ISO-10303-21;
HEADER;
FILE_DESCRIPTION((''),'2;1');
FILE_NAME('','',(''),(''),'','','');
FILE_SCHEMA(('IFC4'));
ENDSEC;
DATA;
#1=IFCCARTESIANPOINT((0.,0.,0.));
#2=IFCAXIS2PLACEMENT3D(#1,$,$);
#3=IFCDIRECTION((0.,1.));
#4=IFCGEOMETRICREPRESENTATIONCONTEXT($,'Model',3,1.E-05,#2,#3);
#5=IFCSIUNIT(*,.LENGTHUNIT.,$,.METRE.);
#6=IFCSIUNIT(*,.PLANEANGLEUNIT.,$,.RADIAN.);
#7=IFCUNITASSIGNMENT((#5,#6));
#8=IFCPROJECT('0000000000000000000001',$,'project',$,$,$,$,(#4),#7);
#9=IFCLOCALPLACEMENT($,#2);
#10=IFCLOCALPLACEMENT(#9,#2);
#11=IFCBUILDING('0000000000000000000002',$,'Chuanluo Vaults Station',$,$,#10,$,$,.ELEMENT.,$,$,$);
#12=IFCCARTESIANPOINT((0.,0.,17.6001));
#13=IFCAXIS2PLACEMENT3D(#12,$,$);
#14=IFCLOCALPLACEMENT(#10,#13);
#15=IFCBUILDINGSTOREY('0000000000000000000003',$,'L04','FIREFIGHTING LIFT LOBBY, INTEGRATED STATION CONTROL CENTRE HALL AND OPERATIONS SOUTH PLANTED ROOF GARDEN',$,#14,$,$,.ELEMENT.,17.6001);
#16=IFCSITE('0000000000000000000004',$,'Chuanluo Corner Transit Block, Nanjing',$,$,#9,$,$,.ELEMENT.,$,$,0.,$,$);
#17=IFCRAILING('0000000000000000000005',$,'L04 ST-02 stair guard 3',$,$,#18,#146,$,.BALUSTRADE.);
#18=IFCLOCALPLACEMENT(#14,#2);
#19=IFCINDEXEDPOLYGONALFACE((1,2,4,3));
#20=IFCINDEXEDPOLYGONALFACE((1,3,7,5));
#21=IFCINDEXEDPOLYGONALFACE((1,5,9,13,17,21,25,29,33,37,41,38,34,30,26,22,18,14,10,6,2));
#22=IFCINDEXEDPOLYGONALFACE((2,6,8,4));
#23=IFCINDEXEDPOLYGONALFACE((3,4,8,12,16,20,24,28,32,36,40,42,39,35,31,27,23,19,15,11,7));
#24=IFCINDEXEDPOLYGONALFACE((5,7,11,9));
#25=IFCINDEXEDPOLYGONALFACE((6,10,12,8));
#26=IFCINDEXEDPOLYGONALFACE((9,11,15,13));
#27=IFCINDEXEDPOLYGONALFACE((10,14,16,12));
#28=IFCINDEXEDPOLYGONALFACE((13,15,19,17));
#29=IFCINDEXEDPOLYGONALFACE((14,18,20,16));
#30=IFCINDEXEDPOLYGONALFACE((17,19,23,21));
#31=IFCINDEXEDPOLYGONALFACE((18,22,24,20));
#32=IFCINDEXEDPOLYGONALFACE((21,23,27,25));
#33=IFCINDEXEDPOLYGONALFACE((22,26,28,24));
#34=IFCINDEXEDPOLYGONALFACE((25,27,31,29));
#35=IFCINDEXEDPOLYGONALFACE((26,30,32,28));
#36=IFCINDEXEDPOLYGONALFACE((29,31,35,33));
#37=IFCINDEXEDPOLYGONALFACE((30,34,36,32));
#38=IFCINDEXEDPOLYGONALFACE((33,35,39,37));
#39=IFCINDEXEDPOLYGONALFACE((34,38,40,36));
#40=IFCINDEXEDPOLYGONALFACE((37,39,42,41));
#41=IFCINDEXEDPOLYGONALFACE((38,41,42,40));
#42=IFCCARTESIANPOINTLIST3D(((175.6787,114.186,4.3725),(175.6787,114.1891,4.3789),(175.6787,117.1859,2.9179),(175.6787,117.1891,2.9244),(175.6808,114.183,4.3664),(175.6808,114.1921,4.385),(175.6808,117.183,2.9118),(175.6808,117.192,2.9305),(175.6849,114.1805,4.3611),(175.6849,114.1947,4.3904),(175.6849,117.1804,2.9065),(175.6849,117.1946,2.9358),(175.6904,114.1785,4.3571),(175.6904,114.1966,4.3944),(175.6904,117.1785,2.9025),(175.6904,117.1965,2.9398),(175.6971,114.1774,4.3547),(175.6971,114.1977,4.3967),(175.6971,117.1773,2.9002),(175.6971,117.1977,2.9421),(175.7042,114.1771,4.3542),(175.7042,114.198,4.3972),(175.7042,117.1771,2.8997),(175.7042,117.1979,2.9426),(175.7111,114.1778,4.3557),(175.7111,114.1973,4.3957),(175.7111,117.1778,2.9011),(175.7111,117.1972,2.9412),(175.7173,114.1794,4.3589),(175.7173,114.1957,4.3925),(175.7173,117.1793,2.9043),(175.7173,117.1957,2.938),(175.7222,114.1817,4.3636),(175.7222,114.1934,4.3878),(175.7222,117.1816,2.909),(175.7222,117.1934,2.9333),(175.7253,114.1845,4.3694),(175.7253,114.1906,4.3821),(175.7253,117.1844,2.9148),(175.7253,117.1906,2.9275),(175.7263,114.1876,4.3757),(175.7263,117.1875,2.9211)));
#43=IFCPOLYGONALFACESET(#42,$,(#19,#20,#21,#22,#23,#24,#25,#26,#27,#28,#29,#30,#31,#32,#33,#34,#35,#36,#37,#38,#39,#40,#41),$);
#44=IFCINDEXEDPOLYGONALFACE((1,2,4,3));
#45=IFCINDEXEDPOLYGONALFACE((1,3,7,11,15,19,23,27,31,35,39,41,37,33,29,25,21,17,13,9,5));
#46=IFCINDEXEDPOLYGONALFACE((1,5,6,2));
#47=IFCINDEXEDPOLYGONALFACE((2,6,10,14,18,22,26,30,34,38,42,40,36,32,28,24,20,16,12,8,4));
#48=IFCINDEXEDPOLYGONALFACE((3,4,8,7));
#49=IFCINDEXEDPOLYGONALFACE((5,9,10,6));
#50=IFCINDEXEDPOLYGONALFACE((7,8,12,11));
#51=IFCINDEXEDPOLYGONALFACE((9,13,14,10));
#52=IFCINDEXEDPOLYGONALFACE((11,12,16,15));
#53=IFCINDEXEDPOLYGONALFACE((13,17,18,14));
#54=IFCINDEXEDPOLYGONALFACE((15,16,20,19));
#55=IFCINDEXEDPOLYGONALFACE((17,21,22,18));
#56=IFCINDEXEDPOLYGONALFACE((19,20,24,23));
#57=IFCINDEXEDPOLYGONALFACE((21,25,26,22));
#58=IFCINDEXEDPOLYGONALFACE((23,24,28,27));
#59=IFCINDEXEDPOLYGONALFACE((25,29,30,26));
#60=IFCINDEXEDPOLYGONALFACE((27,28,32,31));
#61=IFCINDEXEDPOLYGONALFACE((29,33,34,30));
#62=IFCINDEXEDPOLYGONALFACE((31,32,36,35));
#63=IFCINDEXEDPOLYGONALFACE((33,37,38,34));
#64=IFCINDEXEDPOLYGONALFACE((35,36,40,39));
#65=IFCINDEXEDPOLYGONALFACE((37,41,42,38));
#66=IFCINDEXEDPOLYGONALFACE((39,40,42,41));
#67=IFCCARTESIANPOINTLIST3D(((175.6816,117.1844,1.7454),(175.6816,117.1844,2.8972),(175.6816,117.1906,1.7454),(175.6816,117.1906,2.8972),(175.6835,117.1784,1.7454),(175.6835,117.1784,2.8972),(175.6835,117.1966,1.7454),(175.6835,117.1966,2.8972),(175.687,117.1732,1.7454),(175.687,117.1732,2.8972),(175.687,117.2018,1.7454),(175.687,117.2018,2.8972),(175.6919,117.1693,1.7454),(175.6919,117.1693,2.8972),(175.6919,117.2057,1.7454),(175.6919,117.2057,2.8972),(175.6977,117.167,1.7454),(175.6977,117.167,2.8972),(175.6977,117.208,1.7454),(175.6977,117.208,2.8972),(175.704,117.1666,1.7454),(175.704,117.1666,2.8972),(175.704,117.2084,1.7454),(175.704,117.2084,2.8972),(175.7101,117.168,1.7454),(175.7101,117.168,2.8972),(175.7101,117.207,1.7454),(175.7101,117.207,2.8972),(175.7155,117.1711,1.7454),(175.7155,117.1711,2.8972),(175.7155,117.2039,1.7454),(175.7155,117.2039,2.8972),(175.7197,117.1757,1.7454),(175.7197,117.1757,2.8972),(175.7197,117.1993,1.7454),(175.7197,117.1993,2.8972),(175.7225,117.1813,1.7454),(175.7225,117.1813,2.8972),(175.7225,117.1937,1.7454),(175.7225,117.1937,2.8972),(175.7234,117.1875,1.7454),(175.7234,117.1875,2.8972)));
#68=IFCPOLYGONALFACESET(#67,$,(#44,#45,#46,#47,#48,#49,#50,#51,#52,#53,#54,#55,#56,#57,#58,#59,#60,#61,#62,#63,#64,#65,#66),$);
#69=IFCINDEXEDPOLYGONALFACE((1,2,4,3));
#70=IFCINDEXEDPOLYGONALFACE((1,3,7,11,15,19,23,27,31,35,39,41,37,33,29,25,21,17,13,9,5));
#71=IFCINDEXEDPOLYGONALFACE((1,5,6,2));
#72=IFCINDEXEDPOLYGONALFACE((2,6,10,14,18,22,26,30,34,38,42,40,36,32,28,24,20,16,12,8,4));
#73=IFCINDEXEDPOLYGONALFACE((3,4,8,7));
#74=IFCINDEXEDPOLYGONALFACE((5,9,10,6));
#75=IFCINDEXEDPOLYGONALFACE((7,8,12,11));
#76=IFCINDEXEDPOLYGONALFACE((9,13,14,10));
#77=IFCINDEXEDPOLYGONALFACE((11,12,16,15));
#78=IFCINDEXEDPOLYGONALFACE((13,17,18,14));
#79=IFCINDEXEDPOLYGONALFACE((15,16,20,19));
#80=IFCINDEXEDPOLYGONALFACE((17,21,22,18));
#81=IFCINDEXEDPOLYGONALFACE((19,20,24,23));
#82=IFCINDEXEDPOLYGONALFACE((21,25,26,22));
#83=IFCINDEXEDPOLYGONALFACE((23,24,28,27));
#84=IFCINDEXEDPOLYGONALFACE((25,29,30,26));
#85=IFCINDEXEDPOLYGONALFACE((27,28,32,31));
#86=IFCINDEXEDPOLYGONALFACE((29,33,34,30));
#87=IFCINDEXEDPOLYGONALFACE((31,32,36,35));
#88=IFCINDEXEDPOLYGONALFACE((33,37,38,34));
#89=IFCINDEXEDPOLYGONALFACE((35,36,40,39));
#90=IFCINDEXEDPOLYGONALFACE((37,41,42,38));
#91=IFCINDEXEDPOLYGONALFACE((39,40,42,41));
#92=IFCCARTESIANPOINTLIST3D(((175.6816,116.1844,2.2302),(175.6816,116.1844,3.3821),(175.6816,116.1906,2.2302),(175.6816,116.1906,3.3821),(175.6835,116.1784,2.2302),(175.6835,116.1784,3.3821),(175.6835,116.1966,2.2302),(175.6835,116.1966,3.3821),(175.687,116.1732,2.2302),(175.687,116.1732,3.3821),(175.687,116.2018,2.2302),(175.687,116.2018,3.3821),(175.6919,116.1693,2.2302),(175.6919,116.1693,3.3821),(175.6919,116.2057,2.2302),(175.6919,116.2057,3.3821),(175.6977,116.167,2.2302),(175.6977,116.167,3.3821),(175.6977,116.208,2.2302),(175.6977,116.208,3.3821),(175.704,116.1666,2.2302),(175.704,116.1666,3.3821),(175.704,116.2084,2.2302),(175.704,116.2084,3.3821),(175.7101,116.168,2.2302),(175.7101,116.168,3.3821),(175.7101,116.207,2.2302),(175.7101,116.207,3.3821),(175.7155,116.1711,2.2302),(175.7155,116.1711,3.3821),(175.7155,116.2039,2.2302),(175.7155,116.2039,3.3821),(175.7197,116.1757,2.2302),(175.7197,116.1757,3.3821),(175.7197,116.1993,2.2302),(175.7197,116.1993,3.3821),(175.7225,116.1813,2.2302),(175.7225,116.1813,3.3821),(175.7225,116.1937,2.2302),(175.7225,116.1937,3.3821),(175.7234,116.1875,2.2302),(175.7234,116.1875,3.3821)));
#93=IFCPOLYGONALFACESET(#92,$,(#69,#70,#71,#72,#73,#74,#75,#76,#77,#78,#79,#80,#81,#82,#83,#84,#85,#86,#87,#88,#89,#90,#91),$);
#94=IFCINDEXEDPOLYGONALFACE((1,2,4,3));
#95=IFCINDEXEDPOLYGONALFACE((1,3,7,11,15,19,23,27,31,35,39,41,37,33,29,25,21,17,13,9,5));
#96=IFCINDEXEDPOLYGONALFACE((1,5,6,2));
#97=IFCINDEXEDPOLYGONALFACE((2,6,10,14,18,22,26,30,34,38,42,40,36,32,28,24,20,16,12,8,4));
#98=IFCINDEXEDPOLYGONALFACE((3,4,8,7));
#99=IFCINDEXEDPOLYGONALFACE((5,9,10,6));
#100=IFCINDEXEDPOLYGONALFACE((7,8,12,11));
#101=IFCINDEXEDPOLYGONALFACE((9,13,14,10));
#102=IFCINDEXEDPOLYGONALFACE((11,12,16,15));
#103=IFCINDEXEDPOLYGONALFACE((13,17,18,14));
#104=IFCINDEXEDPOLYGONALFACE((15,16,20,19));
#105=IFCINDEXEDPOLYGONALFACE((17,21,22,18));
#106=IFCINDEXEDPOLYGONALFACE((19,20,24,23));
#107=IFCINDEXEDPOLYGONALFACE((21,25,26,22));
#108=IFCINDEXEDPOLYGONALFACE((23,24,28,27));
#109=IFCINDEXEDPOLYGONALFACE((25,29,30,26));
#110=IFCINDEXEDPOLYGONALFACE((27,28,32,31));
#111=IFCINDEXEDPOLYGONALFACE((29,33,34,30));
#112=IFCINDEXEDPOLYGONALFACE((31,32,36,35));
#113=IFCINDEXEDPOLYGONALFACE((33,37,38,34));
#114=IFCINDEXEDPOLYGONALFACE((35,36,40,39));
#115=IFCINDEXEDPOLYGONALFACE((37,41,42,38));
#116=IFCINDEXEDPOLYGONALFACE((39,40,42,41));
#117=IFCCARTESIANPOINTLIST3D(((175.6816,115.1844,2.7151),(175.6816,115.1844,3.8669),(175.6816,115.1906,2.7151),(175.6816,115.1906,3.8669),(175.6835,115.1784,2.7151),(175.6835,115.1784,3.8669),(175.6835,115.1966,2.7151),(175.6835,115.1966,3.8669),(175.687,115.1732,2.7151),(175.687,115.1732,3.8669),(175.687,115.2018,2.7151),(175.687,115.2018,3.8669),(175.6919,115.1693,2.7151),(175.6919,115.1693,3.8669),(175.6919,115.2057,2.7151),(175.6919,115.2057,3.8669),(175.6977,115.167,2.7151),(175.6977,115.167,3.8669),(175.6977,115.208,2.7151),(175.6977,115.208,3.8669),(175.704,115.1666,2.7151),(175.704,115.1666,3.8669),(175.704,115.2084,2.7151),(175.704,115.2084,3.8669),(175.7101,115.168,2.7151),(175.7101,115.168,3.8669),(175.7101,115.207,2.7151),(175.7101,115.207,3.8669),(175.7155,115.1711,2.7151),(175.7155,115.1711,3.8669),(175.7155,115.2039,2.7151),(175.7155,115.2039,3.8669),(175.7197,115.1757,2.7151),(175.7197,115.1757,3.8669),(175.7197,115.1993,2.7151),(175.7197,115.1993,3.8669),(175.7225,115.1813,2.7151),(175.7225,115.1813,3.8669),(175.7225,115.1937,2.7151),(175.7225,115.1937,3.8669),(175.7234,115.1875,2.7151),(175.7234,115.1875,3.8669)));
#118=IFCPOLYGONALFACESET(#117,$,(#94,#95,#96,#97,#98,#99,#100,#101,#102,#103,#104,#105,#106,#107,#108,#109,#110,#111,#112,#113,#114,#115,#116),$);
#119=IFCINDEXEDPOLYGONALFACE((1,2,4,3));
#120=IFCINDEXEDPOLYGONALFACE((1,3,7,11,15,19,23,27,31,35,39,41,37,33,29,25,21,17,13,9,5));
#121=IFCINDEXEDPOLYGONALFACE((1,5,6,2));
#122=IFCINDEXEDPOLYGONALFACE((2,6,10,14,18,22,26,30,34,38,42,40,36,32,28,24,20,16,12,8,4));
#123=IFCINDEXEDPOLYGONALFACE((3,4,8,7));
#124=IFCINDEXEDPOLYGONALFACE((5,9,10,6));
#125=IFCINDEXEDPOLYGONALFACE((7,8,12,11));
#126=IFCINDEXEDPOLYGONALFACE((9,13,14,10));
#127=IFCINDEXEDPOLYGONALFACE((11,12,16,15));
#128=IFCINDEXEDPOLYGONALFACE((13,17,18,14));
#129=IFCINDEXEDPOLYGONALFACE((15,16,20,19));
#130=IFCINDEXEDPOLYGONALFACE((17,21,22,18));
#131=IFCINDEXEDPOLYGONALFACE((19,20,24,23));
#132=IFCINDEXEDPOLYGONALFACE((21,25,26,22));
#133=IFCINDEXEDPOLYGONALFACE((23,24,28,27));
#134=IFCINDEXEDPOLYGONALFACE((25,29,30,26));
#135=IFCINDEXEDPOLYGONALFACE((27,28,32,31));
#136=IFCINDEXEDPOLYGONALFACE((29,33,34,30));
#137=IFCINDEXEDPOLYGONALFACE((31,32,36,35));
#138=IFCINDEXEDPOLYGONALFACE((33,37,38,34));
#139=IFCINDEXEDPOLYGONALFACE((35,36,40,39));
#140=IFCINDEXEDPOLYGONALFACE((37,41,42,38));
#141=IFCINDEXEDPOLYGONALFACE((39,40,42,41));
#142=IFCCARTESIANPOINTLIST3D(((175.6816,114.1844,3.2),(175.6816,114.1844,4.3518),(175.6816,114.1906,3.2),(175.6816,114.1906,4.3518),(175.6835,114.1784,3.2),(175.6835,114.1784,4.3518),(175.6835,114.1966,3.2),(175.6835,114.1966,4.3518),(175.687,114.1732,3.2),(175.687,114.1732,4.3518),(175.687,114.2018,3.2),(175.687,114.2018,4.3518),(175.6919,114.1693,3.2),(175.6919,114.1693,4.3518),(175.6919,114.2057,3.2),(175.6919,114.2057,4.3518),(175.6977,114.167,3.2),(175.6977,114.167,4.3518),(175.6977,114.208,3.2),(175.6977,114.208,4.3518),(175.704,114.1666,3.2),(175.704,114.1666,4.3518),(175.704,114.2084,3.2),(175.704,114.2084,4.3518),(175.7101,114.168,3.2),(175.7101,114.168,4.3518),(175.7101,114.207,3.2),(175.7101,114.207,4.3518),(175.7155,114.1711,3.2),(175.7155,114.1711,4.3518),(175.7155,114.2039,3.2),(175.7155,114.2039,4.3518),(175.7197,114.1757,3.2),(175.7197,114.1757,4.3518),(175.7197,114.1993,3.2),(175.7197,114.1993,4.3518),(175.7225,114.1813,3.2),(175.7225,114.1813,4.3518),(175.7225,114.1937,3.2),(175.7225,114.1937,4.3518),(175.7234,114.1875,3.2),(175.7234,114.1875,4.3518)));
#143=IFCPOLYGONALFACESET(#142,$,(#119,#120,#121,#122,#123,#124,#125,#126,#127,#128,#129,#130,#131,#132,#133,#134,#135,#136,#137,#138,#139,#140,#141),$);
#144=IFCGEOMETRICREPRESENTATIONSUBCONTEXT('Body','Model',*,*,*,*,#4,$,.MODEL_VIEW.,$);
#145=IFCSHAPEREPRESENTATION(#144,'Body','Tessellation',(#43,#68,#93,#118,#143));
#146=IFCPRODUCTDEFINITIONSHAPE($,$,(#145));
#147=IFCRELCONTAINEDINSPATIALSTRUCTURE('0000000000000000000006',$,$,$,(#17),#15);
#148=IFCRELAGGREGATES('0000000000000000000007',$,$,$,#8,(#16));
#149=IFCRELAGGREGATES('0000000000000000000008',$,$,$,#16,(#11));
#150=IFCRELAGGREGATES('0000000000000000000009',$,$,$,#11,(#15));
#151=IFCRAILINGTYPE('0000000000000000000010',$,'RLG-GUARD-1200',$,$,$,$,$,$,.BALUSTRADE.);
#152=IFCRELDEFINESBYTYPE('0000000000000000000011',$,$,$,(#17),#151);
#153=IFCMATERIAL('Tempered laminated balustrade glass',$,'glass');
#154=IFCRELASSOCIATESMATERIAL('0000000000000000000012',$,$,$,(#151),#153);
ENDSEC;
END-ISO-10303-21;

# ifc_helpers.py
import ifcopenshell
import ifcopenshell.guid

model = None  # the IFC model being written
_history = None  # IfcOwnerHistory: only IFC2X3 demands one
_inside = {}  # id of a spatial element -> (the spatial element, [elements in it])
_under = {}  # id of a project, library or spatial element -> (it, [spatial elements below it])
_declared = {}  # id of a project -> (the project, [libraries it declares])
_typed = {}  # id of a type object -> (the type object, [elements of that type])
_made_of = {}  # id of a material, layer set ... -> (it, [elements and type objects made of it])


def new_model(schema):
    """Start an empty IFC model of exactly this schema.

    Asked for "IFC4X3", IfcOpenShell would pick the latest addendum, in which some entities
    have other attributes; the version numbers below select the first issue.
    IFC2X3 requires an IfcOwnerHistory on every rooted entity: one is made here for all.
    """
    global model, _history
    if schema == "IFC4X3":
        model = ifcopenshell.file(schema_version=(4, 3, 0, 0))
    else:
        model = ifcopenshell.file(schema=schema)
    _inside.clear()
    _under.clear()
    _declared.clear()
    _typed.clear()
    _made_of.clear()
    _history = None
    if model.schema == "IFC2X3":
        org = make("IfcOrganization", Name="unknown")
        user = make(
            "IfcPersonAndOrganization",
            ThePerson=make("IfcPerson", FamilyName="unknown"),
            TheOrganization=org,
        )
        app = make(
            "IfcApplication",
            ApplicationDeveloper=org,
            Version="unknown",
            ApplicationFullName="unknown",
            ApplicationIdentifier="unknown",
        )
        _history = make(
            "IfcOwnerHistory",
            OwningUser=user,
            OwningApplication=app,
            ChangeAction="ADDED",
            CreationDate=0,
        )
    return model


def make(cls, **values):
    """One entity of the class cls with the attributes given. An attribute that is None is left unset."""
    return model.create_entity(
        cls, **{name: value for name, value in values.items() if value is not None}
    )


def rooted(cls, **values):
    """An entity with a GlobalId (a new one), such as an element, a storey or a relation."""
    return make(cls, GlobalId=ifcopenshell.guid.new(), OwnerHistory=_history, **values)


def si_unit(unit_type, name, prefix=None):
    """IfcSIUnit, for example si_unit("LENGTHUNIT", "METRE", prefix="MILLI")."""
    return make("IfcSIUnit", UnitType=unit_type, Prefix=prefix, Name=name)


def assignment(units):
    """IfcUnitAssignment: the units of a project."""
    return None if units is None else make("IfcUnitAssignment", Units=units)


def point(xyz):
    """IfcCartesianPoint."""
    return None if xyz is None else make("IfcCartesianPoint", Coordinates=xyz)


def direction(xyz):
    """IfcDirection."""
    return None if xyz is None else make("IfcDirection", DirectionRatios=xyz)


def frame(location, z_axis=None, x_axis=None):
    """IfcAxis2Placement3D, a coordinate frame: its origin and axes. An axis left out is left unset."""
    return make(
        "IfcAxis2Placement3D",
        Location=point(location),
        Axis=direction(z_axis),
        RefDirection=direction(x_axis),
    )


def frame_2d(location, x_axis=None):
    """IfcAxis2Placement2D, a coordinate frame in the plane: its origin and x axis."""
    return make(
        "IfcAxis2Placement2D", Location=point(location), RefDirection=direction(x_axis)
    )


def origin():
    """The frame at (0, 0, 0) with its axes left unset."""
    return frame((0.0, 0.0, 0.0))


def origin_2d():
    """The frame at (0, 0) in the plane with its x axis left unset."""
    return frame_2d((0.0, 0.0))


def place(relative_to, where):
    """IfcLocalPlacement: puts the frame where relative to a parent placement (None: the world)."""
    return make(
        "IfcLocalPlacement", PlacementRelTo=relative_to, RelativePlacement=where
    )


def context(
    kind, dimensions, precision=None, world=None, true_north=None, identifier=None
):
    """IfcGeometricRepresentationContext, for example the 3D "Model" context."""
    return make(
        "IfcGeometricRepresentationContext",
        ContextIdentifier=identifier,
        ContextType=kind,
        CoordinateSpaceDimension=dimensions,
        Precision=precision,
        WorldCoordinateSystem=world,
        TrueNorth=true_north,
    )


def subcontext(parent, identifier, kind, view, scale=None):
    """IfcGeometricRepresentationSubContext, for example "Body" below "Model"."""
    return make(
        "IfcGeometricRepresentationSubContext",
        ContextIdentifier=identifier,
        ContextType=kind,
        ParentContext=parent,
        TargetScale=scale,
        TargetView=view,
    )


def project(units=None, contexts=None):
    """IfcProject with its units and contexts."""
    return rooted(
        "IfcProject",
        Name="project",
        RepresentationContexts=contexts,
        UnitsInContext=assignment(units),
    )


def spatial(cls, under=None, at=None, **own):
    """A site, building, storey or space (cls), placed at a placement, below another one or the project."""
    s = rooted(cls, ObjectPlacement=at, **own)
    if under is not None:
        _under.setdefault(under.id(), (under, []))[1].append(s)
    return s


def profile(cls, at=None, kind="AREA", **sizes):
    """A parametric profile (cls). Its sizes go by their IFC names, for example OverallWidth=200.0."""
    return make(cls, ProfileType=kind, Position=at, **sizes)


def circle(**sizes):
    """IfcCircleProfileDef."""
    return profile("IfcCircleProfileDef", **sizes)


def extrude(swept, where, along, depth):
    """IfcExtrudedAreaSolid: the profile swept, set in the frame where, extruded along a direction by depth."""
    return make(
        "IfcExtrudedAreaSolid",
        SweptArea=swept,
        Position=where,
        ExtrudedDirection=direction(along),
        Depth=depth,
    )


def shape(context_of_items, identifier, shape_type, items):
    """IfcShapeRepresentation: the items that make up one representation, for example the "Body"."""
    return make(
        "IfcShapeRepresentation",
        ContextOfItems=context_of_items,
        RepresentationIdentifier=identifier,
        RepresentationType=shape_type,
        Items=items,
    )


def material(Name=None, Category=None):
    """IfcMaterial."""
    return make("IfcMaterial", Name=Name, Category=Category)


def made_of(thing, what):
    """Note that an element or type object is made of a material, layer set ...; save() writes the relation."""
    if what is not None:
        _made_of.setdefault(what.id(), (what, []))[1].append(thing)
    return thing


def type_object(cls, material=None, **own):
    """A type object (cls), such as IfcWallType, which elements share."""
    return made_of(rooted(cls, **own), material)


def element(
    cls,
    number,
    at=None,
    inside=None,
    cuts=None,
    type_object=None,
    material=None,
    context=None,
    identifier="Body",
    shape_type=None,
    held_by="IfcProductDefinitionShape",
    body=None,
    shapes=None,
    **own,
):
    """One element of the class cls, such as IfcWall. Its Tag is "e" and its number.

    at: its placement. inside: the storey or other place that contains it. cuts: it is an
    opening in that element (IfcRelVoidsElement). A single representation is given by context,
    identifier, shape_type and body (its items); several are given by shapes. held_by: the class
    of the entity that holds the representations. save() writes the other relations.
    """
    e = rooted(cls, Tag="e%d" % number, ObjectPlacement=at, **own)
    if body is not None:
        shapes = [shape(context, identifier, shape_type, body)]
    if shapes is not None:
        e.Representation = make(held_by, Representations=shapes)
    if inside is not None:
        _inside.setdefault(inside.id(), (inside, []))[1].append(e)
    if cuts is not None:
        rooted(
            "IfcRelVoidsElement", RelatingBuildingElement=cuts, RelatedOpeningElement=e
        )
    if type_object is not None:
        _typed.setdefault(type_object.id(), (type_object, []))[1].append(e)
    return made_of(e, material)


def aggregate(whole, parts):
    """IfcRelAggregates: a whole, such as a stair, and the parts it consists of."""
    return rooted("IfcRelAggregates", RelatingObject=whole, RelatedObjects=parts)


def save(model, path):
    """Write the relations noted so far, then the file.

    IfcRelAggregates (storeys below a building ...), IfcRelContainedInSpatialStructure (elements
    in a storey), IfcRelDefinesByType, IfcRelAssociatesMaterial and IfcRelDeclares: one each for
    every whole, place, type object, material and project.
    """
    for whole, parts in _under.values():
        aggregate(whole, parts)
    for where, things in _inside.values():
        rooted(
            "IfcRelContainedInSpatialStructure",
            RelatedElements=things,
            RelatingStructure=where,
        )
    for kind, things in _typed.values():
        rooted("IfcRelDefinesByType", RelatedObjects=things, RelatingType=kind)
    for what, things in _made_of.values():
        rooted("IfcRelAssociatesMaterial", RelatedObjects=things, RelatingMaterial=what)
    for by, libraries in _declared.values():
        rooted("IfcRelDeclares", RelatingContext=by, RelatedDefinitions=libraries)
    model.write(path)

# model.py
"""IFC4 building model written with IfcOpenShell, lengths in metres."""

from ifc_helpers import new_model, si_unit, direction, frame, origin, origin_2d, place, context, subcontext, project, spatial, circle, extrude, material, type_object, element, save


model = new_model("IFC4")

# Units and contexts
model_context = context("Model", 3, precision=1e-05, world=origin(), true_north=direction((0.0, 1.0)))
body_context = subcontext(model_context, "Body", "Model", "MODEL_VIEW")
ifc_project = project(units=[si_unit("LENGTHUNIT", "METRE"), si_unit("PLANEANGLEUNIT", "RADIAN")], contexts=[model_context])

# Site, building, storey
site_placement = place(None, origin())
site = spatial("IfcSite", under=ifc_project, at=site_placement, Name="Chuanluo Corner Transit Block, Nanjing", CompositionType="ELEMENT", RefElevation=0.0)
building_placement = place(site_placement, origin())
building = spatial("IfcBuilding", under=site, at=building_placement, Name="Chuanluo Vaults Station", CompositionType="ELEMENT")
storey_placement = place(building_placement, frame((0.0, 0.0, 17.6001)))
storey = spatial("IfcBuildingStorey", under=building, at=storey_placement, Name="L04", Description="FIREFIGHTING LIFT LOBBY, INTEGRATED STATION CONTROL CENTRE HALL AND OPERATIONS SOUTH PLANTED ROOF GARDEN", CompositionType="ELEMENT", Elevation=17.6001)

# Railing
ifc_material_1 = material(Name="Tempered laminated balustrade glass", Category="glass")
railing_type_1 = type_object("IfcRailingType", Name="RLG-GUARD-1200", PredefinedType="BALUSTRADE", material=ifc_material_1)
railing_1_placement = place(storey_placement, frame((175.7024, 117.1875, 1.7454)))
element("IfcRailing", 1, at=railing_1_placement, inside=storey, type_object=railing_type_1, Name="L04 ST-02 stair guard 3", PredefinedType="BALUSTRADE", context=body_context, shape_type="SweptSolid", body=[
    extrude(circle(Radius=0.0239, at=origin_2d()), frame((0.0, 0.0, 1.1758), z_axis=(0.0, -0.899809, 0.436284), x_axis=(1.0, 0.0, 0.0)), (0.0, 0.0, 1.0), 3.334),
    extrude(circle(Radius=0.021, at=origin_2d()), origin(), (0.0, 0.0, 1.0), 1.1519),
    extrude(circle(Radius=0.021, at=origin_2d()), frame((0.0, -1.0, 0.4849)), (0.0, 0.0, 1.0), 1.1519),
    extrude(circle(Radius=0.021, at=origin_2d()), frame((0.0, -2.0, 0.9697)), (0.0, 0.0, 1.0), 1.1519),
    extrude(circle(Radius=0.021, at=origin_2d()), frame((0.0, -3.0, 1.4546)), (0.0, 0.0, 1.0), 1.1519),
])

save(model, "model.ifc")
